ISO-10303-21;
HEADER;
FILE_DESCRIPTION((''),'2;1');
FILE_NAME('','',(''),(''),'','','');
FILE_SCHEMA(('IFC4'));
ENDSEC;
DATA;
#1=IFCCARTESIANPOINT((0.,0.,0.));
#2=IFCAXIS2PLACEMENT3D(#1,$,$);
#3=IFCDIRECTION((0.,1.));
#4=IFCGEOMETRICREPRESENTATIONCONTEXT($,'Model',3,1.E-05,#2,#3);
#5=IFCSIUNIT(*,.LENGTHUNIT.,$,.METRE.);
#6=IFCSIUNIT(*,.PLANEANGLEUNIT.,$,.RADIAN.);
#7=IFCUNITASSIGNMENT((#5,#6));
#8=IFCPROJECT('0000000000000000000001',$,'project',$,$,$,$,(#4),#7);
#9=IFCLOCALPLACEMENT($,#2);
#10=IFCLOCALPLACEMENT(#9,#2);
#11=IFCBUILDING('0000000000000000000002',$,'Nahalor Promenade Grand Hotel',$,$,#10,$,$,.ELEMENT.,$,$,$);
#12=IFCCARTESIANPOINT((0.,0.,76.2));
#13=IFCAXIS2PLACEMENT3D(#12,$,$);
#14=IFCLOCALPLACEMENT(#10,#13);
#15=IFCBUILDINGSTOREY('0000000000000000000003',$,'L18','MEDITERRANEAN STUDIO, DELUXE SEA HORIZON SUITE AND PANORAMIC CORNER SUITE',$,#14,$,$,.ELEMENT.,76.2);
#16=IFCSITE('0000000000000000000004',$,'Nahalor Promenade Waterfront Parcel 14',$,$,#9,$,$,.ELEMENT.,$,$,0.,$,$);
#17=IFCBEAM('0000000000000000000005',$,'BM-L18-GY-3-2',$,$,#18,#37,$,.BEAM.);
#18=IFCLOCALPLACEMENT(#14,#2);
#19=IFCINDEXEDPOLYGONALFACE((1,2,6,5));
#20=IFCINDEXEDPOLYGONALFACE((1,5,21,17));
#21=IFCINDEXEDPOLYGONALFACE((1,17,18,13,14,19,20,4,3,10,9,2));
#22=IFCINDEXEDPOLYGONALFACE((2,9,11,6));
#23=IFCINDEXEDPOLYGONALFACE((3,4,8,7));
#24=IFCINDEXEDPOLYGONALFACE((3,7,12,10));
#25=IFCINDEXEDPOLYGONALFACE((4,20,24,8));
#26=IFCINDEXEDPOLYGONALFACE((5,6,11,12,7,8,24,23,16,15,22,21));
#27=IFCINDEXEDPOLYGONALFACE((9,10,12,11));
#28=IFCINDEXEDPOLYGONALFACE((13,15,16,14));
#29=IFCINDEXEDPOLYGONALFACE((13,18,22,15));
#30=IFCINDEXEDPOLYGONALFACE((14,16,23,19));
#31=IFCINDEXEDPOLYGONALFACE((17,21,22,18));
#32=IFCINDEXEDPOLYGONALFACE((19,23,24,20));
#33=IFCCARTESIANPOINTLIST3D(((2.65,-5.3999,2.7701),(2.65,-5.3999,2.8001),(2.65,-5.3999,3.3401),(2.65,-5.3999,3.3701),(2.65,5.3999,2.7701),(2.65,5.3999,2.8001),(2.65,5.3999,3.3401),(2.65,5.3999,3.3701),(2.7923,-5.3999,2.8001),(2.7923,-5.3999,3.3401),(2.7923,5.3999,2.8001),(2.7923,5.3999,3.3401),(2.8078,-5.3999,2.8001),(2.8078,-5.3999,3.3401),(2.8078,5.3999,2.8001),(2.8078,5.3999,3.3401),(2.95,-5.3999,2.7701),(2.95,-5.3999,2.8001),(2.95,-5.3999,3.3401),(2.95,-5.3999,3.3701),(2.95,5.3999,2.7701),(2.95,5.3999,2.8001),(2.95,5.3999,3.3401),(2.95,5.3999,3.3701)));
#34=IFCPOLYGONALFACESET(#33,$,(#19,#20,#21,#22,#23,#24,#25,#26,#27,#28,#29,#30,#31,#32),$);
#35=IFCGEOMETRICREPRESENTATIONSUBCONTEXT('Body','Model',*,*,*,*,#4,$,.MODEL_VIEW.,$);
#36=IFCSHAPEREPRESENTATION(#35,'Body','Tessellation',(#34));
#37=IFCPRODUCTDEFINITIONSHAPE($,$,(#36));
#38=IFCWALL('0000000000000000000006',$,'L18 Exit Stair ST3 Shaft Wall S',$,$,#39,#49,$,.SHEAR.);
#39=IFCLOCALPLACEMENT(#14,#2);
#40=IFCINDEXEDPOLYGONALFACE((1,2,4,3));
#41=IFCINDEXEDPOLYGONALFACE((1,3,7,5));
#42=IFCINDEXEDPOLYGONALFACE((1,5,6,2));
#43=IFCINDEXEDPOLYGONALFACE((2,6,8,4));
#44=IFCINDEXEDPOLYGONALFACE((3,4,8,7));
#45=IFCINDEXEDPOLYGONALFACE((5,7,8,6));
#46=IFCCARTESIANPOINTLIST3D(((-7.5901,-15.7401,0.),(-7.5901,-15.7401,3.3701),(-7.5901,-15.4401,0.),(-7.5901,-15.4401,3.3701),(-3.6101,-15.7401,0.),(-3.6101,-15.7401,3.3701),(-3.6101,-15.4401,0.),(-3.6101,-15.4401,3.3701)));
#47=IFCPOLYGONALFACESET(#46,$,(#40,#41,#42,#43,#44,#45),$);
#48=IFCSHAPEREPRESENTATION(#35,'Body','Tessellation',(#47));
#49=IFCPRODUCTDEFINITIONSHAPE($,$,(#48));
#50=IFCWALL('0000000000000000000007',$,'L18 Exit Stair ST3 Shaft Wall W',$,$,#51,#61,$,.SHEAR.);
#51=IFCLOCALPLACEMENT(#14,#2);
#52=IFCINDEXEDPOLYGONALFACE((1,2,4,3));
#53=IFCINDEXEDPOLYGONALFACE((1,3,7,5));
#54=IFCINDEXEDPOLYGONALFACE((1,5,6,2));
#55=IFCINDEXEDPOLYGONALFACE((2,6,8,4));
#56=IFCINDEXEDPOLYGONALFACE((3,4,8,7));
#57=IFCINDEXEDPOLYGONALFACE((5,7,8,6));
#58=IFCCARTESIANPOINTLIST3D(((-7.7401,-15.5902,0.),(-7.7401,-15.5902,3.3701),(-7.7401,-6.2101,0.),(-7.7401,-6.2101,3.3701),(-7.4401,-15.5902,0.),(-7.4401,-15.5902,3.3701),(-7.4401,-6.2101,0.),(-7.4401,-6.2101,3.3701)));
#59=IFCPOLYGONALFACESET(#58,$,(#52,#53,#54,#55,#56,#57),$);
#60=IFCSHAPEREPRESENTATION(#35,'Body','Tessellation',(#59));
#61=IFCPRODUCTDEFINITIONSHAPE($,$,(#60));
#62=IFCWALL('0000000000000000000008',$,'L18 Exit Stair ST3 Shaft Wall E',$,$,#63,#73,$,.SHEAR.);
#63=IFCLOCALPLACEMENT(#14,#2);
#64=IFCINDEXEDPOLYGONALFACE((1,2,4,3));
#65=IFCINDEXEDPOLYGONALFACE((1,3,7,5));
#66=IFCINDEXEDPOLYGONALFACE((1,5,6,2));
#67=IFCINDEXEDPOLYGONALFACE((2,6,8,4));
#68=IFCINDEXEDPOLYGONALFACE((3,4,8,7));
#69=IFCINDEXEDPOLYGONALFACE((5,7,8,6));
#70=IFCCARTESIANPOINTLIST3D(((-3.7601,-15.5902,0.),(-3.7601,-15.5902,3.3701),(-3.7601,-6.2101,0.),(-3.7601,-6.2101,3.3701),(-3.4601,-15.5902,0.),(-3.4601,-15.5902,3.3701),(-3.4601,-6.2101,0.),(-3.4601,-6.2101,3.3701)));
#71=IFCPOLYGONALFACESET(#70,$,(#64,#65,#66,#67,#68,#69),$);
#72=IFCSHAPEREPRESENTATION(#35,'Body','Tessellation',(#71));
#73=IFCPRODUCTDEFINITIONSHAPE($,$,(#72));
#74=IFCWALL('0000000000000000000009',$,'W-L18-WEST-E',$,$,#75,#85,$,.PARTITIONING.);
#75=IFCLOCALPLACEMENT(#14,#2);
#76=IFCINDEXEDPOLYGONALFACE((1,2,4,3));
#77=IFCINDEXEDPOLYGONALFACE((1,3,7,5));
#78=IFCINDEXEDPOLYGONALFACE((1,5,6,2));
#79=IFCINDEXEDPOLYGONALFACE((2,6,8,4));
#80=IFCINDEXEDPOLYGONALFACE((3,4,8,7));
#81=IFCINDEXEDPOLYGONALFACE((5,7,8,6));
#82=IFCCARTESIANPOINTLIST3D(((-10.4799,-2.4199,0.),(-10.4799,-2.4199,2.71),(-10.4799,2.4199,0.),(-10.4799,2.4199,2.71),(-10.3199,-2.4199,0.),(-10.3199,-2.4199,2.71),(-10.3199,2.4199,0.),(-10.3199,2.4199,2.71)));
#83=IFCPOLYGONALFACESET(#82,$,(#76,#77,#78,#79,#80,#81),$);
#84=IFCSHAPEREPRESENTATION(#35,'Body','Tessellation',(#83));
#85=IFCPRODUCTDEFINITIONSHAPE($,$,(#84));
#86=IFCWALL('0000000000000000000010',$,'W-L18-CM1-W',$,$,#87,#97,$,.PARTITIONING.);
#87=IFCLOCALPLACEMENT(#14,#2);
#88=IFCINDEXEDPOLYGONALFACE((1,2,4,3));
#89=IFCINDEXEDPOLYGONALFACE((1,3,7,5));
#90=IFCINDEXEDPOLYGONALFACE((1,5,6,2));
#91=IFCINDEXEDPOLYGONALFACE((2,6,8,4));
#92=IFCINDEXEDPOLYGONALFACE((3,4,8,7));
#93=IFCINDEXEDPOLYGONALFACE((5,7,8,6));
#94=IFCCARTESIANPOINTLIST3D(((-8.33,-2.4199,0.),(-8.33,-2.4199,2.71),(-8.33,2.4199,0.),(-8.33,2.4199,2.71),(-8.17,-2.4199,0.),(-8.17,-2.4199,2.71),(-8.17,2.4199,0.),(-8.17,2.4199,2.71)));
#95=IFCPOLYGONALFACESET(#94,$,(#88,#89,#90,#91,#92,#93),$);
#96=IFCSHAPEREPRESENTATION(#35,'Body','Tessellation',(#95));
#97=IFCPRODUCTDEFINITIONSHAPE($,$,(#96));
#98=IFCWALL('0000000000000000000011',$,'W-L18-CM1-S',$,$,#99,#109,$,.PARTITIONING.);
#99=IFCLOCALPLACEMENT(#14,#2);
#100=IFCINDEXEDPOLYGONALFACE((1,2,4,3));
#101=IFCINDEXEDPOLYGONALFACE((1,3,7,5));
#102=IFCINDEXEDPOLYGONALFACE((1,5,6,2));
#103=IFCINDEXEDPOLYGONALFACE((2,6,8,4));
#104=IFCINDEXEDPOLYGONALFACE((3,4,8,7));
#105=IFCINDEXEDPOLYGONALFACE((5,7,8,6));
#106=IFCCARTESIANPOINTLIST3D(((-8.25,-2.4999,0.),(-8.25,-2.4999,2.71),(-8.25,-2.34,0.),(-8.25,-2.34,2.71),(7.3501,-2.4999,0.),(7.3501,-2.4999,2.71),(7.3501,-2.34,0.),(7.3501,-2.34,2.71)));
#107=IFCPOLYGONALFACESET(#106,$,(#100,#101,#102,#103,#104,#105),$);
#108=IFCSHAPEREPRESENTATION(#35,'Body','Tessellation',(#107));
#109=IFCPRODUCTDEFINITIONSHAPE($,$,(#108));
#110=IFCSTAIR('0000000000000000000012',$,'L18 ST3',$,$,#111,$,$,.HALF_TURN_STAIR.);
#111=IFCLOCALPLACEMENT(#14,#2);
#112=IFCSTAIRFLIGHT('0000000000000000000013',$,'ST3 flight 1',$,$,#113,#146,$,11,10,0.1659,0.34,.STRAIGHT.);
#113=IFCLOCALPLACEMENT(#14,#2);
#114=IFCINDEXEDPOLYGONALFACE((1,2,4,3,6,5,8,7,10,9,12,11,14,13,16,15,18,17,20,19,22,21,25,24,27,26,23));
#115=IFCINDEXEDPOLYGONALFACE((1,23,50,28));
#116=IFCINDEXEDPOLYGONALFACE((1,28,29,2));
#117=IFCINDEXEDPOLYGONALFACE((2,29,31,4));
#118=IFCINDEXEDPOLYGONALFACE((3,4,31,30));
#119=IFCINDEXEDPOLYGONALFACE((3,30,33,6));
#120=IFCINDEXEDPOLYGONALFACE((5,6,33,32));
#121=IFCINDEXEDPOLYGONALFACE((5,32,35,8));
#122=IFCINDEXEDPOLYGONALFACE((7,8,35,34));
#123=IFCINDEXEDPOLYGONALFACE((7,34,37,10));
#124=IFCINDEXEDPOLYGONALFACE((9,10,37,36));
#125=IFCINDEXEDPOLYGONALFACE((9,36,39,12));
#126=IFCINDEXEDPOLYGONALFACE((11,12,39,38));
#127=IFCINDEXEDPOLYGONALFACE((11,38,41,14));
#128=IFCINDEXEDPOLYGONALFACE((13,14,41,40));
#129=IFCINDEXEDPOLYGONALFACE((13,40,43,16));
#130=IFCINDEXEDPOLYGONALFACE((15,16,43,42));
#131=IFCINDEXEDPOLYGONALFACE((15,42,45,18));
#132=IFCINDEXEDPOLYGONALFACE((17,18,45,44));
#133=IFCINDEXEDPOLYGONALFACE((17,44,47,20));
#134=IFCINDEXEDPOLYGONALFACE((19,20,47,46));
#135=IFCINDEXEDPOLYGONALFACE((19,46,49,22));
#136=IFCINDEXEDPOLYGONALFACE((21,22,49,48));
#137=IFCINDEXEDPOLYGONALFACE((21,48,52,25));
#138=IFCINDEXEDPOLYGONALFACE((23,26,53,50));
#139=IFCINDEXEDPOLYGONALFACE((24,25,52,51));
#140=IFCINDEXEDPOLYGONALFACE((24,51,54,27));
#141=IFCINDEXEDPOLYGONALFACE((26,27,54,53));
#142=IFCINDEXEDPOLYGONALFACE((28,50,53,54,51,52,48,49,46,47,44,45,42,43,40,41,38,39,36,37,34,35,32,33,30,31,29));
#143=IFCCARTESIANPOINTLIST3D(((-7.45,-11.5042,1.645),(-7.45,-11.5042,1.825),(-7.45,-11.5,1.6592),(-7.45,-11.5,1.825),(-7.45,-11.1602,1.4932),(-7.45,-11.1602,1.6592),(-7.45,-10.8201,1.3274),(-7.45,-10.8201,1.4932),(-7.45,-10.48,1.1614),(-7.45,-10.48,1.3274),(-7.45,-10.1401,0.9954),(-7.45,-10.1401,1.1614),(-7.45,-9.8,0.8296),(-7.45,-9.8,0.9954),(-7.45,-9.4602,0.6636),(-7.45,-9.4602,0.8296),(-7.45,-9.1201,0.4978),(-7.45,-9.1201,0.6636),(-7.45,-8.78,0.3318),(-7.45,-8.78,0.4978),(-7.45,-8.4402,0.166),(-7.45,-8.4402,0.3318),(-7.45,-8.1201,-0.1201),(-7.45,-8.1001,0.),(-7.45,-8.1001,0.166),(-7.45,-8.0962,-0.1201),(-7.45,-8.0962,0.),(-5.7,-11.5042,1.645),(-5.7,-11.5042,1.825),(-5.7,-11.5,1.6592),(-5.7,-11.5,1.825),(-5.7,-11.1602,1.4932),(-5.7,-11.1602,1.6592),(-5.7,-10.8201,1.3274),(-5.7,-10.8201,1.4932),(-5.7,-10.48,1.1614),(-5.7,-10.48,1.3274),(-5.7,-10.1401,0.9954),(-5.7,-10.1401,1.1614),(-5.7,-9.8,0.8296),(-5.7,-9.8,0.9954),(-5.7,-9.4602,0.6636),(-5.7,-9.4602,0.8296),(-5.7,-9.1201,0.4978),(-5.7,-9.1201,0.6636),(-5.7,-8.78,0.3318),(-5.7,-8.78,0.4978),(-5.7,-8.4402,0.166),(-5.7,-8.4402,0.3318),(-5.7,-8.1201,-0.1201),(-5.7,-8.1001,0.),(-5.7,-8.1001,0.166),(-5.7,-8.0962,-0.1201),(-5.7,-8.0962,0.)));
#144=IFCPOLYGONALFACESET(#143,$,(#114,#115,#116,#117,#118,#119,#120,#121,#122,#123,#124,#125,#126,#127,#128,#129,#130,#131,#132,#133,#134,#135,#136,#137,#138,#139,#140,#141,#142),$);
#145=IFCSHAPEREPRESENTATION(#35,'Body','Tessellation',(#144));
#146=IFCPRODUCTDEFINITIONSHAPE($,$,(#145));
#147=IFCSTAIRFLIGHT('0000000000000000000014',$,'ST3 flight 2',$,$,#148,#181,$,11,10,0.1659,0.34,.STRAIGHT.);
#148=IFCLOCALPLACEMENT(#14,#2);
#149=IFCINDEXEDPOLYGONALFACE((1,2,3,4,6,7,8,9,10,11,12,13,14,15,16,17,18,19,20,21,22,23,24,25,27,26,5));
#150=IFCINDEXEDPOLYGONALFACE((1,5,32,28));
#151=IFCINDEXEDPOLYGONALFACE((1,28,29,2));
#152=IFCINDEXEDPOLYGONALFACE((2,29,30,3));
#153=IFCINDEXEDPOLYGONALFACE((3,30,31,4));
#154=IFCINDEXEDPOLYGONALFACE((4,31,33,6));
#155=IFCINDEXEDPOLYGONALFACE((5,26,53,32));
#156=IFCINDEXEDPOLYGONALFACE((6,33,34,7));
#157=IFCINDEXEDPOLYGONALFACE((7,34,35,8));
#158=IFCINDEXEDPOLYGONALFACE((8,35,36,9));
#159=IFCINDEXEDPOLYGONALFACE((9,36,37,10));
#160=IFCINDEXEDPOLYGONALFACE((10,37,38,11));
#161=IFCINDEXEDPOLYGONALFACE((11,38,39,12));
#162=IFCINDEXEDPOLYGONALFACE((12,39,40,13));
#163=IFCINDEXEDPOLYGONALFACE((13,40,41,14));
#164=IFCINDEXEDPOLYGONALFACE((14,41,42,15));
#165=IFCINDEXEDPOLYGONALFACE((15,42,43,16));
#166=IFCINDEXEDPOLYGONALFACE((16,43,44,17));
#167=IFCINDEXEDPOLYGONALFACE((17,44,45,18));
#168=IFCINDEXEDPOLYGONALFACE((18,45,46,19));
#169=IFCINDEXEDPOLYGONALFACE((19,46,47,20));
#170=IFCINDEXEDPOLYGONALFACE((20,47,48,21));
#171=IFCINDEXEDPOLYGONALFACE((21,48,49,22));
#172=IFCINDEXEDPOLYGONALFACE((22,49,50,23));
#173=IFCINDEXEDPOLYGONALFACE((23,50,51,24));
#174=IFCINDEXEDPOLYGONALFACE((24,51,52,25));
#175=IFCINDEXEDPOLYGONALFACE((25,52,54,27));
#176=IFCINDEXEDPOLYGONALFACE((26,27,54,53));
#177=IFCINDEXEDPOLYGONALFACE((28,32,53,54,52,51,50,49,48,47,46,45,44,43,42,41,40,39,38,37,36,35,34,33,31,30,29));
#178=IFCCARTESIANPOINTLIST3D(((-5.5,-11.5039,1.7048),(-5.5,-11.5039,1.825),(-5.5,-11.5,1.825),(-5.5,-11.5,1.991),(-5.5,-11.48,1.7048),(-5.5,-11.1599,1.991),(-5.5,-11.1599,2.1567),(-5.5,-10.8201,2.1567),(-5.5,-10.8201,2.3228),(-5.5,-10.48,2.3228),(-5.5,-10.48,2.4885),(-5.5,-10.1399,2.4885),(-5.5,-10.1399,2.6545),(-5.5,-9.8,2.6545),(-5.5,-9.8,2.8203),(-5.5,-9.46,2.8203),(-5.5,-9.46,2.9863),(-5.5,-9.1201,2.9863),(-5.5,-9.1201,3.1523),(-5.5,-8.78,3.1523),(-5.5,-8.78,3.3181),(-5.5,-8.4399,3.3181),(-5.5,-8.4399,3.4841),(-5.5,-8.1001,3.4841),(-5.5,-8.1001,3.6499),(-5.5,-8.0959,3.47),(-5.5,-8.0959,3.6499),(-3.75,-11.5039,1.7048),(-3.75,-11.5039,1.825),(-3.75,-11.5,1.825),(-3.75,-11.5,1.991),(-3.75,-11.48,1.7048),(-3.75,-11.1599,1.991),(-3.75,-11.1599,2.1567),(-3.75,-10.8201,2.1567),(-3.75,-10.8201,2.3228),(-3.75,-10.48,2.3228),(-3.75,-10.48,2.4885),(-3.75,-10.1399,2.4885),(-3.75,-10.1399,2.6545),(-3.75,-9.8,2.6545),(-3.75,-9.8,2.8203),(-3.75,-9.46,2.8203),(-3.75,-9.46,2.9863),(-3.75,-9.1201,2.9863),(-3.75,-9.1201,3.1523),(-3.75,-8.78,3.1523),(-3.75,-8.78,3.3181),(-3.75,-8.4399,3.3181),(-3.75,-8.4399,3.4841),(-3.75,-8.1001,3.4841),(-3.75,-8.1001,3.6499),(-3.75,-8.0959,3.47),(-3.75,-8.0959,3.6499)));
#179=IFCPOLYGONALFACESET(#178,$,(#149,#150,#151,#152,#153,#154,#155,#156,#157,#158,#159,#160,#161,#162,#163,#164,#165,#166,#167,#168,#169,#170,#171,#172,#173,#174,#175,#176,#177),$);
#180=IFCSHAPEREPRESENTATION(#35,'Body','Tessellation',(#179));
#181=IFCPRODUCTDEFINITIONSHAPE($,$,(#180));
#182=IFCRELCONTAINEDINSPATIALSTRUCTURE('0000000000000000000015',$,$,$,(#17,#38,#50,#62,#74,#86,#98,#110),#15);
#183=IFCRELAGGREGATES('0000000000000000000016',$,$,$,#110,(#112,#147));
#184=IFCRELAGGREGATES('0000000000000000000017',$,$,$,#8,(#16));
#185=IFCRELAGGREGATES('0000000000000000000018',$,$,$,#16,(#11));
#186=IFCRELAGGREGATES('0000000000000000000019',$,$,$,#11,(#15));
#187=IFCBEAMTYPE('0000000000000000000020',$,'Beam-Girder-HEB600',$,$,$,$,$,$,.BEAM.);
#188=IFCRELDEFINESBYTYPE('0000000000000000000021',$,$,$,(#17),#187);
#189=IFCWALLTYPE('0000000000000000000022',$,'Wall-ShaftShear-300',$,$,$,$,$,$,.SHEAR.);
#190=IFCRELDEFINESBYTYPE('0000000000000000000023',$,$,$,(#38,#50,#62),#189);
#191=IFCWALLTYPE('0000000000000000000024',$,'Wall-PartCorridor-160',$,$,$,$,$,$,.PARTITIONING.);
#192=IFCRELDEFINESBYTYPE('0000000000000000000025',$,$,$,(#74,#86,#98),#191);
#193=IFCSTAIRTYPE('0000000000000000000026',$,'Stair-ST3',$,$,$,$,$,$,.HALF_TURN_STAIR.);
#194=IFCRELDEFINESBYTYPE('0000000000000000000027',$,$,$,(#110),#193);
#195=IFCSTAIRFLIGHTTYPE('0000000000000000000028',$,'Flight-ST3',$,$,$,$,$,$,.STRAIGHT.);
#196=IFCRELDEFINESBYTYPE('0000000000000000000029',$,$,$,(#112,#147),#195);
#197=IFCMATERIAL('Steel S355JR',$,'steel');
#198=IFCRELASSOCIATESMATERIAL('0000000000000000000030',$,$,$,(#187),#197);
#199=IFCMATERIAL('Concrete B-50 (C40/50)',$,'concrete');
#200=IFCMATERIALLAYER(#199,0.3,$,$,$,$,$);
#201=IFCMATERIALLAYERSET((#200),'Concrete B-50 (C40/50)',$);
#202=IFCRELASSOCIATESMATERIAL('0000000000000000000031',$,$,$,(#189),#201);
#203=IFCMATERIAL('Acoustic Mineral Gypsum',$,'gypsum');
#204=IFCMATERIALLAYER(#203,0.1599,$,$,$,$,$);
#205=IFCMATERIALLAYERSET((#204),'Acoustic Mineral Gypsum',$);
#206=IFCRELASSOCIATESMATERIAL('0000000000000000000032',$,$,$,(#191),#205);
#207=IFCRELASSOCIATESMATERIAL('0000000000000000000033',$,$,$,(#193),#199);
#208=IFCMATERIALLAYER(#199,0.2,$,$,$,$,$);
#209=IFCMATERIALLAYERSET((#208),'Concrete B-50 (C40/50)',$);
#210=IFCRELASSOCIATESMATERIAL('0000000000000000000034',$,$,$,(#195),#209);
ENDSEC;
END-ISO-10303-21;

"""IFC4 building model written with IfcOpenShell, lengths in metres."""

from ifc_helpers import new_model, si_unit, direction, frame, frame_2d, origin, origin_2d, place, context, subcontext, project, spatial, polyline, rectangle, i_section, outline, extrude, source, transform, mapped, material, layer, layer_set, material_profile, profile_set, type_object, element, aggregate, save


model = new_model("IFC4")

# Units and contexts
model_context = context("Model", 3, precision=1e-05, world=origin(), true_north=direction((0.0, 1.0)))
body_context = subcontext(model_context, "Body", "Model", "MODEL_VIEW")
ifc_project = project(units=[si_unit("LENGTHUNIT", "METRE"), si_unit("PLANEANGLEUNIT", "RADIAN")], contexts=[model_context])

# Site, building, storey
site_placement = place(None, origin())
site = spatial("IfcSite", under=ifc_project, at=site_placement, Name="Nahalor Promenade Waterfront Parcel 14", CompositionType="ELEMENT", RefElevation=0.0)
building_placement = place(site_placement, origin())
building = spatial("IfcBuilding", under=site, at=building_placement, Name="Nahalor Promenade Grand Hotel", CompositionType="ELEMENT")
storey_placement = place(building_placement, frame((0.0, 0.0, 76.2)))
storey = spatial("IfcBuildingStorey", under=building, at=storey_placement, Name="L18", Description="MEDITERRANEAN STUDIO, DELUXE SEA HORIZON SUITE AND PANORAMIC CORNER SUITE", CompositionType="ELEMENT", Elevation=76.2)

# Beam
ifc_material_1 = material(Name="Steel S355JR", Category="steel")
ifc_material_profile_1 = material_profile(ifc_material_1, i_section(OverallWidth=0.3, OverallDepth=0.6, WebThickness=0.0155, FlangeThickness=0.03, at=origin_2d()), Name="HEB 600")
ifc_profile_set_1 = profile_set([ifc_material_profile_1], Name="Steel S355JR")
beam_type = type_object("IfcBeamType", Name="Beam-Girder-HEB600", PredefinedType="BEAM", material=ifc_profile_set_1)
shared_shape_1 = source(origin(), body_context, "Body", "SweptSolid", [
    extrude(i_section(OverallWidth=0.3, OverallDepth=0.6, WebThickness=0.0155, FlangeThickness=0.03, at=origin_2d()), origin(), (0.0, 0.0, 1.0), 10.7998),
])
for number, where, z_axis, x_axis, name in (
    (1, (2.8, -5.3999, 3.0701), (0.0, 1.0, 0.0), (-1.0, 0.0, 0.0), "BM-L18-GY-3-2"),
):
    element("IfcBeam", number, at=place(storey_placement, frame(where, z_axis=z_axis, x_axis=x_axis)), inside=storey, type_object=beam_type, Name=name, PredefinedType="BEAM", context=body_context, shape_type="MappedRepresentation", body=[
        mapped(shared_shape_1, transform((0.0, 0.0, 0.0), scale=1.0)),
    ])

# Wall
ifc_material_2 = material(Name="Concrete B-50 (C40/50)", Category="concrete")
ifc_layer_1 = layer(ifc_material_2, 0.3)
ifc_layer_set_1 = layer_set([ifc_layer_1], Name="Concrete B-50 (C40/50)")
wall_type_1 = type_object("IfcWallType", Name="Wall-ShaftShear-300", PredefinedType="SHEAR", material=ifc_layer_set_1)
shared_shape_2 = source(origin(), body_context, "Body", "SweptSolid", [
    extrude(rectangle(XDim=3.98, YDim=0.3, at=frame_2d((1.99, 0.0))), origin(), (0.0, 0.0, 1.0), 3.3701),
])
wall_1_placement = place(storey_placement, frame((-7.5901, -15.5901, 0.0), z_axis=(0.0, 0.0, 1.0), x_axis=(1.0, 0.0, 0.0)))
element("IfcWall", 2, at=wall_1_placement, inside=storey, type_object=wall_type_1, Name="L18 Exit Stair ST3 Shaft Wall S", PredefinedType="SHEAR", context=body_context, shape_type="MappedRepresentation", body=[
    mapped(shared_shape_2, transform((0.0, 0.0, 0.0), scale=1.0)),
])

# Walls
shared_shape_3 = source(origin(), body_context, "Body", "SweptSolid", [
    extrude(rectangle(XDim=9.3801, YDim=0.3, at=frame_2d((4.6899, 0.0))), origin(), (0.0, 0.0, 1.0), 3.3701),
])
for number, where, z_axis, x_axis, name in (
    (3, (-7.5901, -15.5901, 0.0), (0.0, 0.0, 1.0), (0.0, 1.0, 0.0), "L18 Exit Stair ST3 Shaft Wall W"),
    (4, (-3.6101, -15.5901, 0.0), (0.0, 0.0, 1.0), (0.0, 1.0, 0.0), "L18 Exit Stair ST3 Shaft Wall E"),
):
    element("IfcWall", number, at=place(storey_placement, frame(where, z_axis=z_axis, x_axis=x_axis)), inside=storey, type_object=wall_type_1, Name=name, PredefinedType="SHEAR", context=body_context, shape_type="MappedRepresentation", body=[
        mapped(shared_shape_3, transform((0.0, 0.0, 0.0), scale=1.0)),
    ])
ifc_material_3 = material(Name="Acoustic Mineral Gypsum", Category="gypsum")
ifc_layer_2 = layer(ifc_material_3, 0.1599)
ifc_layer_set_2 = layer_set([ifc_layer_2], Name="Acoustic Mineral Gypsum")
wall_type_2 = type_object("IfcWallType", Name="Wall-PartCorridor-160", PredefinedType="PARTITIONING", material=ifc_layer_set_2)
shared_shape_4 = source(origin(), body_context, "Body", "SweptSolid", [
    extrude(rectangle(XDim=4.8398, YDim=0.1599, at=frame_2d((2.4199, 0.0))), origin(), (0.0, 0.0, 1.0), 2.71),
])
for number, where, z_axis, x_axis, name in (
    (5, (-10.3999, -2.4199, 0.0), (0.0, 0.0, 1.0), (0.0, 1.0, 0.0), "W-L18-WEST-E"),
    (6, (-8.25, -2.4199, 0.0), (0.0, 0.0, 1.0), (0.0, 1.0, 0.0), "W-L18-CM1-W"),
):
    element("IfcWall", number, at=place(storey_placement, frame(where, z_axis=z_axis, x_axis=x_axis)), inside=storey, type_object=wall_type_2, Name=name, PredefinedType="PARTITIONING", context=body_context, shape_type="MappedRepresentation", body=[
        mapped(shared_shape_4, transform((0.0, 0.0, 0.0), scale=1.0)),
    ])

# Wall
shared_shape_5 = source(origin(), body_context, "Body", "SweptSolid", [
    extrude(rectangle(XDim=15.6001, YDim=0.1599, at=frame_2d((7.8, 0.0))), origin(), (0.0, 0.0, 1.0), 2.71),
])
wall_2_placement = place(storey_placement, frame((-8.25, -2.4199, 0.0), z_axis=(0.0, 0.0, 1.0), x_axis=(1.0, 0.0, 0.0)))
element("IfcWall", 7, at=wall_2_placement, inside=storey, type_object=wall_type_2, Name="W-L18-CM1-S", PredefinedType="PARTITIONING", context=body_context, shape_type="MappedRepresentation", body=[
    mapped(shared_shape_5, transform((0.0, 0.0, 0.0), scale=1.0)),
])

# Stair, stair flights
stair_type = type_object("IfcStairType", Name="Stair-ST3", PredefinedType="HALF_TURN_STAIR", material=ifc_material_2)
stair_placement = place(storey_placement, origin())
stair = element("IfcStair", 8, at=stair_placement, inside=storey, type_object=stair_type, Name="L18 ST3", PredefinedType="HALF_TURN_STAIR")
ifc_layer_3 = layer(ifc_material_2, 0.2)
ifc_layer_set_3 = layer_set([ifc_layer_3], Name="Concrete B-50 (C40/50)")
stair_flight_type = type_object("IfcStairFlightType", Name="Flight-ST3", PredefinedType="STRAIGHT", material=ifc_layer_set_3)
shared_shape_6 = source(origin(), body_context, "Body", "SweptSolid", [
    extrude(outline(polyline([(-0.0039, -0.1201), (-0.0039, 0.0), (0.0, 0.0), (0.0, 0.166), (0.3401, 0.166), (0.3401, 0.3318), (0.6799, 0.3318), (0.6799, 0.4978), (1.02, 0.4978), (1.02, 0.6636), (1.3601, 0.6636), (1.3601, 0.8296), (1.7, 0.8296), (1.7, 0.9954), (2.04, 0.9954), (2.04, 1.1614), (2.3799, 1.1614), (2.3799, 1.3274), (2.72, 1.3274), (2.72, 1.4932), (3.0601, 1.4932), (3.0601, 1.6592), (3.3999, 1.6592), (3.3999, 1.825), (3.4041, 1.825), (3.4041, 1.645), (0.02, -0.1201), (-0.0039, -0.1201)])), frame((0.0, 0.875, 0.0), z_axis=(0.0, -1.0, 0.0), x_axis=(1.0, 0.0, 0.0)), (0.0, 0.0, 1.0), 1.75),
])
stair_flight_1_placement = place(storey_placement, frame((-6.575, -8.1001, 0.0), z_axis=(0.0, 0.0, 1.0), x_axis=(0.0, -1.0, 0.0)))
stair_flight_1 = element("IfcStairFlight", 9, at=stair_flight_1_placement, type_object=stair_flight_type, Name="ST3 flight 1", NumberOfRisers=11, NumberOfTreads=10, PredefinedType="STRAIGHT", RiserHeight=0.1659, TreadLength=0.34, context=body_context, shape_type="MappedRepresentation", body=[
    mapped(shared_shape_6, transform((0.0, 0.0, 0.0), scale=1.0)),
])
stair_flight_2_placement = place(storey_placement, frame((-4.625, -11.5, 1.825), z_axis=(0.0, 0.0, 1.0), x_axis=(0.0, 1.0, 0.0)))
stair_flight_2 = element("IfcStairFlight", 10, at=stair_flight_2_placement, type_object=stair_flight_type, Name="ST3 flight 2", NumberOfRisers=11, NumberOfTreads=10, PredefinedType="STRAIGHT", RiserHeight=0.1659, TreadLength=0.34, context=body_context, shape_type="MappedRepresentation", body=[
    mapped(shared_shape_6, transform((0.0, 0.0, 0.0), scale=1.0)),
])
aggregate(stair, [stair_flight_1, stair_flight_2])

save(model, "model.ifc")
